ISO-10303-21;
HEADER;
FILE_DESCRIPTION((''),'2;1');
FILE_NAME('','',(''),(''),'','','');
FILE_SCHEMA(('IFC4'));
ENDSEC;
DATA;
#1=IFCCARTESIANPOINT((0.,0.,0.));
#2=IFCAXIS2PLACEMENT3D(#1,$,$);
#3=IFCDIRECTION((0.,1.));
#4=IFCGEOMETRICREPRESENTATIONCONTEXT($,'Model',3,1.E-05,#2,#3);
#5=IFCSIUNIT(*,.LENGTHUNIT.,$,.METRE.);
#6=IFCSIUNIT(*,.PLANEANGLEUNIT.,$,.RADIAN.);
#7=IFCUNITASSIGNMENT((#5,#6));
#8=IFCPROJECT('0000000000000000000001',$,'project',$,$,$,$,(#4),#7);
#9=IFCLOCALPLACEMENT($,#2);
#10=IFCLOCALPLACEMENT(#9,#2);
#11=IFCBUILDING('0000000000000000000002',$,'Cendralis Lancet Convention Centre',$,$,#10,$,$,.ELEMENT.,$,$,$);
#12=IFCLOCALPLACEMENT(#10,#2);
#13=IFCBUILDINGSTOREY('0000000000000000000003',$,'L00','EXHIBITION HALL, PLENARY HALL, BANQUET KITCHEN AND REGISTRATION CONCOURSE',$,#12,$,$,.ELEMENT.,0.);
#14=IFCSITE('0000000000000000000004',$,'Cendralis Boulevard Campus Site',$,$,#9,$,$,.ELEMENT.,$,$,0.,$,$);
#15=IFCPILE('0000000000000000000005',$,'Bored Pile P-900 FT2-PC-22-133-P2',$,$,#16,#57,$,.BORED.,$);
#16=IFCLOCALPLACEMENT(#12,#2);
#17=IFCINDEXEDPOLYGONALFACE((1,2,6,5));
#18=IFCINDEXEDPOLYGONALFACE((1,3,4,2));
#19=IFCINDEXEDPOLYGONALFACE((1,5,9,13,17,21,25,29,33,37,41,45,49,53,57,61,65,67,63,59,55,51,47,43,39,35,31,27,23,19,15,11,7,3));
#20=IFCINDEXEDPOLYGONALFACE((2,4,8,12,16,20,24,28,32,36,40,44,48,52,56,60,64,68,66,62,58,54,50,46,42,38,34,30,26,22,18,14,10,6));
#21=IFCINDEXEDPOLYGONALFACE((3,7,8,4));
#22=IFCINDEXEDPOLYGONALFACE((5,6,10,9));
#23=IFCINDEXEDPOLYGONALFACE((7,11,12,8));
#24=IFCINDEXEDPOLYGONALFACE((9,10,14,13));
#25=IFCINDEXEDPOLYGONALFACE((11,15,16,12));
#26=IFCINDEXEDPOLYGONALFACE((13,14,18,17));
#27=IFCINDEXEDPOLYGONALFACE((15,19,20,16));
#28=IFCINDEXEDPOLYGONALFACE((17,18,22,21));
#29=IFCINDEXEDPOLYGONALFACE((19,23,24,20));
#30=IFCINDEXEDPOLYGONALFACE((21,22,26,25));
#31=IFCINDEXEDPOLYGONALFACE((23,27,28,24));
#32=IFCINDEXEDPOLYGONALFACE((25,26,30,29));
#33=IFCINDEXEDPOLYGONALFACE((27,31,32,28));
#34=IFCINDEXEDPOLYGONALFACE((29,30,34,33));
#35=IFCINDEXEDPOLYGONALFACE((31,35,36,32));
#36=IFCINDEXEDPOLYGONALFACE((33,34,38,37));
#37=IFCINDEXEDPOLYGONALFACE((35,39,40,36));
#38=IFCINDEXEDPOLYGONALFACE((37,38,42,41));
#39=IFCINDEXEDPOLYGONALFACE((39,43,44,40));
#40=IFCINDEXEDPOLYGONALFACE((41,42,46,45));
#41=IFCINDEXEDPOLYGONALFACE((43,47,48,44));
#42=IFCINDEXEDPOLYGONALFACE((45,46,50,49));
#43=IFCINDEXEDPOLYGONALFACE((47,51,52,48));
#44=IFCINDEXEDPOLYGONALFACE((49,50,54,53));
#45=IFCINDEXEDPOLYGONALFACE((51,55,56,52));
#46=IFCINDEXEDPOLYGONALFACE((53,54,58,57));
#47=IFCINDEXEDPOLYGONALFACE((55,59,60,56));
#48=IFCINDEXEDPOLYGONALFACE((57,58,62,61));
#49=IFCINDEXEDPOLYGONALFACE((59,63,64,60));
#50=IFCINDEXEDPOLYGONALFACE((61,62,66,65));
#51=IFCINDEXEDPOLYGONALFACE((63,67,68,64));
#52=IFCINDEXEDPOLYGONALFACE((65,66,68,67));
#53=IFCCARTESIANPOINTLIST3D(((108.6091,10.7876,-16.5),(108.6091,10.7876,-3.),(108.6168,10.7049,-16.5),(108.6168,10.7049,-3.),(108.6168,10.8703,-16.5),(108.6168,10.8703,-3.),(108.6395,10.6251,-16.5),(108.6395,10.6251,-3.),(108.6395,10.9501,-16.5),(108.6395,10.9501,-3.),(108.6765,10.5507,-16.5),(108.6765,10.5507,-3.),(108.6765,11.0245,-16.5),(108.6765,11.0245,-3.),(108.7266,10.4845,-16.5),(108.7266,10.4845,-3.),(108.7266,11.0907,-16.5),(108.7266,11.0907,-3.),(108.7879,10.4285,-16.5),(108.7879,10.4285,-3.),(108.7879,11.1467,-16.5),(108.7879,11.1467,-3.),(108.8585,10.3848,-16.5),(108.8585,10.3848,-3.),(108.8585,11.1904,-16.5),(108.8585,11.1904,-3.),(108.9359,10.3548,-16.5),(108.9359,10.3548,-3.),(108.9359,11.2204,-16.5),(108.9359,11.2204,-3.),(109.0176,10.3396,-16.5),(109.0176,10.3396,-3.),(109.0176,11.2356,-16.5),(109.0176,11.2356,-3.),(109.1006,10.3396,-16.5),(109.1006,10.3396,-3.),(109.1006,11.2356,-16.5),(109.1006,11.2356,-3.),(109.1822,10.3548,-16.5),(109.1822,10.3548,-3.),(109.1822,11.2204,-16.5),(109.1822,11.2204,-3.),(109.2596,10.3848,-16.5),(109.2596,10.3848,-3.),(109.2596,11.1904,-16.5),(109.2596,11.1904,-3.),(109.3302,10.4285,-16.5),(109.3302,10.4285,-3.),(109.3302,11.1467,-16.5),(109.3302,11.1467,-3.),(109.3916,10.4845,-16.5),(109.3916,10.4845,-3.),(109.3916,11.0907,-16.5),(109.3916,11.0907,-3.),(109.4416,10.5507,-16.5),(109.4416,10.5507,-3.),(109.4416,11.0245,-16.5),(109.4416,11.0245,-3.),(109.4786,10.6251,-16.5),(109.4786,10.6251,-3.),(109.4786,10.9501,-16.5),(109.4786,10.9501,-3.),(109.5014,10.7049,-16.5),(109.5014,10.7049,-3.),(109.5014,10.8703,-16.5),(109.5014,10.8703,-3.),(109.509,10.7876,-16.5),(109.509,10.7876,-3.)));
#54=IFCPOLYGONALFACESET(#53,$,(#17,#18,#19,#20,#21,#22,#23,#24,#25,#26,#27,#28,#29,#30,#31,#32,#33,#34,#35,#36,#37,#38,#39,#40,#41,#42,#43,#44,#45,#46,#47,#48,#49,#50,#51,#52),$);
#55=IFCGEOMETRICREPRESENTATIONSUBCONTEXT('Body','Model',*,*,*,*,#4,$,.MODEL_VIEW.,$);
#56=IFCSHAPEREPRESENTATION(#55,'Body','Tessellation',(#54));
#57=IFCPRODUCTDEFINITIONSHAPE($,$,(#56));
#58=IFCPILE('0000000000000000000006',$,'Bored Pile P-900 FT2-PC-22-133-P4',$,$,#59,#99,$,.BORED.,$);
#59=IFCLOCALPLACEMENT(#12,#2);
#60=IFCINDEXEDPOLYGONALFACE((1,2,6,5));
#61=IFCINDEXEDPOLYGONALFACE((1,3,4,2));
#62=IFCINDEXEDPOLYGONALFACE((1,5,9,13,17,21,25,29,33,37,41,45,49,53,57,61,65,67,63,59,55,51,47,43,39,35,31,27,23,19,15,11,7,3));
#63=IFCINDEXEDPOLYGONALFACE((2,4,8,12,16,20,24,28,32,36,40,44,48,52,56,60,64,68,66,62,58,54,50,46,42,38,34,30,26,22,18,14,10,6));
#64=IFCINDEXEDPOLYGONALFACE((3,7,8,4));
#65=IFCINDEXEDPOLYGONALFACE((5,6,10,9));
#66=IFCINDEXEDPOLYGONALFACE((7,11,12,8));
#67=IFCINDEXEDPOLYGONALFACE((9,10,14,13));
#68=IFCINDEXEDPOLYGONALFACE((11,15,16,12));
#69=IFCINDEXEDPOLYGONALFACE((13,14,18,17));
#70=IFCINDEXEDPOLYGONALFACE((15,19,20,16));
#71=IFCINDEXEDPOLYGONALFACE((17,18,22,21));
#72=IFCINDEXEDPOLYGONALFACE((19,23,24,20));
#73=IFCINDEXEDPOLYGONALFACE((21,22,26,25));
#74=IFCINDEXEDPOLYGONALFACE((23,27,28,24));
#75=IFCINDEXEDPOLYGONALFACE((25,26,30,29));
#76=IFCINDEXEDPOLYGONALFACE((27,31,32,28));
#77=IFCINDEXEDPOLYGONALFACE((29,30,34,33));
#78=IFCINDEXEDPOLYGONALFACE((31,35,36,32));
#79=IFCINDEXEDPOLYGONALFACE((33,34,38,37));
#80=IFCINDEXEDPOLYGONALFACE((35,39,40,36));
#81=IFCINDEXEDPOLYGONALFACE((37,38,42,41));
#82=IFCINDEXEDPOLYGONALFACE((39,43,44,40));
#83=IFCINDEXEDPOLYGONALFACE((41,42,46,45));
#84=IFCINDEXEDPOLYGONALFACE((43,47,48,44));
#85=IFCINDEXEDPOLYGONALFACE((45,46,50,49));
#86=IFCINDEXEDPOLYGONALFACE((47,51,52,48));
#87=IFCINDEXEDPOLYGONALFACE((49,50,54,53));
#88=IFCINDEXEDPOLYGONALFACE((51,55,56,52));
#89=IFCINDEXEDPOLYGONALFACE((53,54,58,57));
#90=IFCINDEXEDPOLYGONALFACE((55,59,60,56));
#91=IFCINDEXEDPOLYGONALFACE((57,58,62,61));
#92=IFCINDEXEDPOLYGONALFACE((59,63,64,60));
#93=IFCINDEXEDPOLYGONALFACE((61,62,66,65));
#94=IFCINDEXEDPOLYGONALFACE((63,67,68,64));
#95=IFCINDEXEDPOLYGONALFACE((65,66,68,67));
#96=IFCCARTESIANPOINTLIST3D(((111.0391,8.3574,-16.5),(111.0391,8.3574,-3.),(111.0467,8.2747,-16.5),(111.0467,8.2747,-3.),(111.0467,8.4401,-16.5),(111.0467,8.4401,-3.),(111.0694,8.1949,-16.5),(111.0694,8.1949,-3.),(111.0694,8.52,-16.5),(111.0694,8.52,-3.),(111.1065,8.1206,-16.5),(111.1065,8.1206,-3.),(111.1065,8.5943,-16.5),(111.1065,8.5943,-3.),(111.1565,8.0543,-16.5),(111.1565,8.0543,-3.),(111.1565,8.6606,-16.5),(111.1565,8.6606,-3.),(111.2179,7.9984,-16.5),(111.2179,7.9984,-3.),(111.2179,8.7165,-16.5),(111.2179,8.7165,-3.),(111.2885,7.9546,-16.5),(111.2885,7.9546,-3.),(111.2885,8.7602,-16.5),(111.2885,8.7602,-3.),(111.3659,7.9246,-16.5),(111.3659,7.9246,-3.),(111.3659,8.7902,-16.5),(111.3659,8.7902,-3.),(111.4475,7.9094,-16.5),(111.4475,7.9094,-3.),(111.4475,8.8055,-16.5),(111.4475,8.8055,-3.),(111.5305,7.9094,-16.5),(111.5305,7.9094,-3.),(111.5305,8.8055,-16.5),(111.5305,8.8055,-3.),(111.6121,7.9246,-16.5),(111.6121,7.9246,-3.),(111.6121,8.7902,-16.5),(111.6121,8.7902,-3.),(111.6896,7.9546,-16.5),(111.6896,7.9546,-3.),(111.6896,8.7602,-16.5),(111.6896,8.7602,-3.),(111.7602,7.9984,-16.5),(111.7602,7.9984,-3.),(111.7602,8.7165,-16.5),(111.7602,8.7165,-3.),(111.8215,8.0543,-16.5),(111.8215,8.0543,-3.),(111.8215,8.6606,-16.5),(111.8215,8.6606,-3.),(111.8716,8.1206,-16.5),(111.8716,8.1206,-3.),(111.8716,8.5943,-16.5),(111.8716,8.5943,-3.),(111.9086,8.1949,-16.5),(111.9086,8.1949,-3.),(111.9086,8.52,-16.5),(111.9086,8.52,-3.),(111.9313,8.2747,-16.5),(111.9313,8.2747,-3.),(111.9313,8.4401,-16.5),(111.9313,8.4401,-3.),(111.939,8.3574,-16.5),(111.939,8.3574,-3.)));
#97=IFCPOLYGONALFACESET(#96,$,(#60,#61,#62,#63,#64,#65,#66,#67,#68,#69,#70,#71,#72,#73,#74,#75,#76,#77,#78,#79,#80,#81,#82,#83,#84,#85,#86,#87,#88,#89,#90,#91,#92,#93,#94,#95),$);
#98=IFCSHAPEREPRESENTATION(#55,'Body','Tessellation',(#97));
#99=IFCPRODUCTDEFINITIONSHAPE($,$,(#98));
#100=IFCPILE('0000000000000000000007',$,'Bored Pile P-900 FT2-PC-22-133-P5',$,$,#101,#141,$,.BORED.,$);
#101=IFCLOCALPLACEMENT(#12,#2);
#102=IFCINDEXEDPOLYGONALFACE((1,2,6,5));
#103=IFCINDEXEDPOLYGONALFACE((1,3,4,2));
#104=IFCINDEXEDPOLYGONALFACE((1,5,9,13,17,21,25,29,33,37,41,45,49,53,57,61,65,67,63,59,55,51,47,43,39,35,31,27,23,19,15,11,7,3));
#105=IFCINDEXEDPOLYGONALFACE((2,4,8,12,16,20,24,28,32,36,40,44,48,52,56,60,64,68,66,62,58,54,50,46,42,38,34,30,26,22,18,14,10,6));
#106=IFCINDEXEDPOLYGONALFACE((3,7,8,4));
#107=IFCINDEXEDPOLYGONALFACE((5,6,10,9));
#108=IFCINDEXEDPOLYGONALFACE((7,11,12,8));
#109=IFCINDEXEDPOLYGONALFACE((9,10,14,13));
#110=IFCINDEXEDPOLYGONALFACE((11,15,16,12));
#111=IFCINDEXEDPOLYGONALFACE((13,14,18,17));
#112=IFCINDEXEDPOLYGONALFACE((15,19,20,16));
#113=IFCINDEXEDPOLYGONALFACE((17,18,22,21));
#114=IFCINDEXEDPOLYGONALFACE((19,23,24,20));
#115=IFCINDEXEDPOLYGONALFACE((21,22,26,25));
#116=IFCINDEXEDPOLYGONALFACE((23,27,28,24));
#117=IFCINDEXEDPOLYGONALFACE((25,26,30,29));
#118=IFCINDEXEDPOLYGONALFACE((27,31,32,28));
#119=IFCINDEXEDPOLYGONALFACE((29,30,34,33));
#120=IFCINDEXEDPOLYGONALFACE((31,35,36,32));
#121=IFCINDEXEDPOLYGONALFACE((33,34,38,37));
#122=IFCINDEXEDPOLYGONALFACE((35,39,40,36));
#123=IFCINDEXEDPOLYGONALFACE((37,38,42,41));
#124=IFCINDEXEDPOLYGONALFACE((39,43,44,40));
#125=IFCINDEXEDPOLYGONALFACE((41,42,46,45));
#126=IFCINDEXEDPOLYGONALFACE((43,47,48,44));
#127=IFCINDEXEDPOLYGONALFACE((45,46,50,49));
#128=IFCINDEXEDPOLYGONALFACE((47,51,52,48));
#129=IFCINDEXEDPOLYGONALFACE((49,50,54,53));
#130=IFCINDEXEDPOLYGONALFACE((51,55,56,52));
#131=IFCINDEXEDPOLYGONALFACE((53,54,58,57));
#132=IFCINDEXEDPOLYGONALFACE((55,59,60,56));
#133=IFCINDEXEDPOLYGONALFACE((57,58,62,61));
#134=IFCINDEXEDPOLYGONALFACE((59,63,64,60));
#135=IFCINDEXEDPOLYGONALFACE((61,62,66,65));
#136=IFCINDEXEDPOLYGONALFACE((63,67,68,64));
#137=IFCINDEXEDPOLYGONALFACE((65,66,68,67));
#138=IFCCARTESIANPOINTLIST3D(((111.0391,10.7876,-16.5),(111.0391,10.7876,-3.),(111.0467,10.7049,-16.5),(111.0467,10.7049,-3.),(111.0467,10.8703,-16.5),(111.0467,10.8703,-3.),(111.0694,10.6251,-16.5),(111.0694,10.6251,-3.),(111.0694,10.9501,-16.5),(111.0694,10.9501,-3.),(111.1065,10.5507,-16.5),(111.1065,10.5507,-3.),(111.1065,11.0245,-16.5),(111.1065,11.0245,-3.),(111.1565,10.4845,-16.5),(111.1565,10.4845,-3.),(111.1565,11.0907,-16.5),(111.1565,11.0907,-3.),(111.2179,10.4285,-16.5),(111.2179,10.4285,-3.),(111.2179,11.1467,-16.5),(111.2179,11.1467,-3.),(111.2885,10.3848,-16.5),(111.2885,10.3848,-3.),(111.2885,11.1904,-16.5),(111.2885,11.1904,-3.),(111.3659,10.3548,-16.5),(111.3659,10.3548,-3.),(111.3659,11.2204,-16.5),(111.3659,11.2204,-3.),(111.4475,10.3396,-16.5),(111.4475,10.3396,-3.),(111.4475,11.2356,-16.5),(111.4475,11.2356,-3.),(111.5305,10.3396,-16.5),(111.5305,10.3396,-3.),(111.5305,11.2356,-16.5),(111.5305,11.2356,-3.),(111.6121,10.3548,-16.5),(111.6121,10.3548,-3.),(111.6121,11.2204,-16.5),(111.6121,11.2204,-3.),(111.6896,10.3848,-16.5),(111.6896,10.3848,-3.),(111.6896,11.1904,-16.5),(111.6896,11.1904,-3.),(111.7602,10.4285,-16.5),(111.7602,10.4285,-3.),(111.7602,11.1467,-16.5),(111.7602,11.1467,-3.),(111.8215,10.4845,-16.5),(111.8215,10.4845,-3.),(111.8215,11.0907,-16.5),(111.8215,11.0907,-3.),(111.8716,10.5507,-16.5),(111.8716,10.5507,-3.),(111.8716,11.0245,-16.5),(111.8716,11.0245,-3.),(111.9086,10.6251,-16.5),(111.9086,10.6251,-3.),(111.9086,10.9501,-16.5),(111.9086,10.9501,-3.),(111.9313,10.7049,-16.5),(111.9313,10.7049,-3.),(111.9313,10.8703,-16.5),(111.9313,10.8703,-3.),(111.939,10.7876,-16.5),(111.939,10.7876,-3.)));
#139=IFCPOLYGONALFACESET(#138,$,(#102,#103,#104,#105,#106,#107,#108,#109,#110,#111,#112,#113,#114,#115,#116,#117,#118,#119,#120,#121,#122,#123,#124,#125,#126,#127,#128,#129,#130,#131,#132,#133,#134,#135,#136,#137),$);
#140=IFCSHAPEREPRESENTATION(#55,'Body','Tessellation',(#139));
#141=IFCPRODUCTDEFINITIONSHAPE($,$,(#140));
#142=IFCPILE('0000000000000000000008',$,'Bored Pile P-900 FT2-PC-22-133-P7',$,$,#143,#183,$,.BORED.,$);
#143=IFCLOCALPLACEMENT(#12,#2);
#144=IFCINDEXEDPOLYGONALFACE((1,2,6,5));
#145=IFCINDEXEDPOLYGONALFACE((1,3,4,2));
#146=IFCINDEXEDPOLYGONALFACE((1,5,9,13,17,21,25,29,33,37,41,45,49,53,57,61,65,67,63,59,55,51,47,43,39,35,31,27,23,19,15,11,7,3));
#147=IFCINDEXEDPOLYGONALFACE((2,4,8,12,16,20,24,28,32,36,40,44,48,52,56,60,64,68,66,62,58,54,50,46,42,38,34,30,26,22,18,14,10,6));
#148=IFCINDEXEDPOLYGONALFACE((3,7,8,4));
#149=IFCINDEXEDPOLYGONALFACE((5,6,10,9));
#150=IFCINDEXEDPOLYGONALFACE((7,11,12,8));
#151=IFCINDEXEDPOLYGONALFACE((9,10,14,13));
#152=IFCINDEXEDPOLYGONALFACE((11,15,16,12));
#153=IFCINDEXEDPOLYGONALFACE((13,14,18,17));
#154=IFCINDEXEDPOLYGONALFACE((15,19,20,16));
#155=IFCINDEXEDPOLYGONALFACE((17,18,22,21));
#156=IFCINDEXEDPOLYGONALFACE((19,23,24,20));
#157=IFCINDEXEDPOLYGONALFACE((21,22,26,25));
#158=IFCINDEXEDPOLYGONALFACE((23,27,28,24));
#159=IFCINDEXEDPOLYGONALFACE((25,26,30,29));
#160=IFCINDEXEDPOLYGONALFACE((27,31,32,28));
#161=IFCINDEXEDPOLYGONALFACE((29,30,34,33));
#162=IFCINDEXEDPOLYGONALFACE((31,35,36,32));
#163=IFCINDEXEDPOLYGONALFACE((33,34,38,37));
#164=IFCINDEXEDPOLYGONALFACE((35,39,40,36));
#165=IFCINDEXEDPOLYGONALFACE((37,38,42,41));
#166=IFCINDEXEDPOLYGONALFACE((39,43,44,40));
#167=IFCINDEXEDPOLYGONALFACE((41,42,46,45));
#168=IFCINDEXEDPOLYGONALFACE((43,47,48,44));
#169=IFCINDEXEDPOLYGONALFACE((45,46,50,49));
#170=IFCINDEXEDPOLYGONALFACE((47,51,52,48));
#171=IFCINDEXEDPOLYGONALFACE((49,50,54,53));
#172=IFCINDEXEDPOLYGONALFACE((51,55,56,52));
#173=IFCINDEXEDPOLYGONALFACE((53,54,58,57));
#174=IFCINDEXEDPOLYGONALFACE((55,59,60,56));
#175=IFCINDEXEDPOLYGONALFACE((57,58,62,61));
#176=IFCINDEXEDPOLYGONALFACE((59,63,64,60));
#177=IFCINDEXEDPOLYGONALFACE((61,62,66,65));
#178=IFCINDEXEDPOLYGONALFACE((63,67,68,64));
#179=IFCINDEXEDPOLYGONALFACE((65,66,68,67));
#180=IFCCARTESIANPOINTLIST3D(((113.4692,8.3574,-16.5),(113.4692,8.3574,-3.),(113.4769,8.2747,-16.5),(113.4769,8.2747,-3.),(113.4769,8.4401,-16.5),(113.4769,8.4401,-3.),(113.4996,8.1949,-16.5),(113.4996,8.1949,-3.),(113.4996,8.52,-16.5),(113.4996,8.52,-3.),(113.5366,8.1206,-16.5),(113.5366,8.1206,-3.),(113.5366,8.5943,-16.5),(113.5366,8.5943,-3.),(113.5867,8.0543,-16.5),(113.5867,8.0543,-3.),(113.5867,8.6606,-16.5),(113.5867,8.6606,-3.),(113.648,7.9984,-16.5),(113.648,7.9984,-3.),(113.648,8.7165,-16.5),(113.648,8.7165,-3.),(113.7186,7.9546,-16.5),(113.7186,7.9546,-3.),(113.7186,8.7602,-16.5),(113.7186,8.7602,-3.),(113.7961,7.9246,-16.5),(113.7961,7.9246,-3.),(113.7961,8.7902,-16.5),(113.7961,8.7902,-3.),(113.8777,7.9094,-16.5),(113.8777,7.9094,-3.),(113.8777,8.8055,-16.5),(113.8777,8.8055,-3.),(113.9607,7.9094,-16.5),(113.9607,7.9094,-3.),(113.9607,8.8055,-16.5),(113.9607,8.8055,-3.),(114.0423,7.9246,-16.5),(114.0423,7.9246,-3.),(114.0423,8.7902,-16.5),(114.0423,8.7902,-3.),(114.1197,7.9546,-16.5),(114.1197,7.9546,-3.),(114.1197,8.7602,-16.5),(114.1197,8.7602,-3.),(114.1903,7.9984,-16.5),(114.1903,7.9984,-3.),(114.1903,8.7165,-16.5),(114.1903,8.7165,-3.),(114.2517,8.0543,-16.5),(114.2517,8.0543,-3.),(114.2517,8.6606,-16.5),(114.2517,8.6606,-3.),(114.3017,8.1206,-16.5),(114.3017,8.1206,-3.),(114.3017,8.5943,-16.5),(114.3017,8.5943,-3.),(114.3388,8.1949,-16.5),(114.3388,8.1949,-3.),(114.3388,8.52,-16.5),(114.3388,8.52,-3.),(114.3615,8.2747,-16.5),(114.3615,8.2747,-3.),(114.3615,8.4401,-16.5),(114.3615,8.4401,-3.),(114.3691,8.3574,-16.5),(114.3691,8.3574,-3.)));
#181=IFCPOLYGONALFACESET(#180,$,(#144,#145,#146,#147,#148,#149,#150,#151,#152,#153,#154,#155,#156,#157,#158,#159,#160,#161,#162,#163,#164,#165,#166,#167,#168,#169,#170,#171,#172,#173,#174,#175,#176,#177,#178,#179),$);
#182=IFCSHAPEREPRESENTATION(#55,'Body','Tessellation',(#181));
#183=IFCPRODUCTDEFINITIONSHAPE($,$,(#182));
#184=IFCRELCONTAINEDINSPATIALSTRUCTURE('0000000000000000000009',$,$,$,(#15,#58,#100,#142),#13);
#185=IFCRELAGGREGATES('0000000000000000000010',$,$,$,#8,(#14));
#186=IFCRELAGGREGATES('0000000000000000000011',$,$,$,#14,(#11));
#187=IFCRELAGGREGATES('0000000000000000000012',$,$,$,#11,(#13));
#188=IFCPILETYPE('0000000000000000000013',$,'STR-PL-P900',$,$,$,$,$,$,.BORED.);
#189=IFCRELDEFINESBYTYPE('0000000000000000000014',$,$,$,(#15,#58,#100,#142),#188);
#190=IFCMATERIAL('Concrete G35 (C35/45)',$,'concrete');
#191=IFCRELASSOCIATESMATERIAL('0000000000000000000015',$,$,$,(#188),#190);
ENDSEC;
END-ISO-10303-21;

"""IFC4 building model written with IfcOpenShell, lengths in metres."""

from ifc_helpers import new_model, si_unit, direction, frame, origin, origin_2d, place, context, subcontext, project, spatial, circle, extrude, material, material_profile, profile_set, type_object, element, save


model = new_model("IFC4")

# Units and contexts
model_context = context("Model", 3, precision=1e-05, world=origin(), true_north=direction((0.0, 1.0)))
body_context = subcontext(model_context, "Body", "Model", "MODEL_VIEW")
ifc_project = project(units=[si_unit("LENGTHUNIT", "METRE"), si_unit("PLANEANGLEUNIT", "RADIAN")], contexts=[model_context])

# Site, building, storey
site_placement = place(None, origin())
site = spatial("IfcSite", under=ifc_project, at=site_placement, Name="Cendralis Boulevard Campus Site", CompositionType="ELEMENT", RefElevation=0.0)
building_placement = place(site_placement, origin())
building = spatial("IfcBuilding", under=site, at=building_placement, Name="Cendralis Lancet Convention Centre", CompositionType="ELEMENT")
storey_placement = place(building_placement, origin())
storey = spatial("IfcBuildingStorey", under=building, at=storey_placement, Name="L00", Description="EXHIBITION HALL, PLENARY HALL, BANQUET KITCHEN AND REGISTRATION CONCOURSE", CompositionType="ELEMENT", Elevation=0.0)

# Shared definitions
ifc_material_1 = material(Name="Concrete G35 (C35/45)", Category="concrete")

# Piles
ifc_material_profile_1 = material_profile(ifc_material_1, circle(Radius=0.45, at=origin_2d()), Name="BORED PILE D900")
ifc_profile_set_1 = profile_set([ifc_material_profile_1], Name="Concrete G35 (C35/45)")
pile_type_1 = type_object("IfcPileType", Name="STR-PL-P900", PredefinedType="BORED", material=ifc_profile_set_1)
for number, where, z_axis, x_axis, name in (
    (1, (109.0591, 10.7876, -3.0), (0.0, 0.0, -1.0), (1.0, 0.0, 0.0), "Bored Pile P-900 FT2-PC-22-133-P2"),
    (2, (111.489, 8.3574, -3.0), (0.0, 0.0, -1.0), (1.0, 0.0, 0.0), "Bored Pile P-900 FT2-PC-22-133-P4"),
    (3, (111.489, 10.7876, -3.0), (0.0, 0.0, -1.0), (1.0, 0.0, 0.0), "Bored Pile P-900 FT2-PC-22-133-P5"),
    (4, (113.9192, 8.3574, -3.0), (0.0, 0.0, -1.0), (1.0, 0.0, 0.0), "Bored Pile P-900 FT2-PC-22-133-P7"),
):
    element("IfcPile", number, at=place(storey_placement, frame(where, z_axis=z_axis, x_axis=x_axis)), inside=storey, type_object=pile_type_1, Name=name, PredefinedType="BORED", context=body_context, shape_type="SweptSolid", body=[
        extrude(circle(Radius=0.45, at=origin_2d()), origin(), (0.0, 0.0, 1.0), 13.5),
    ])

save(model, "model.ifc")
